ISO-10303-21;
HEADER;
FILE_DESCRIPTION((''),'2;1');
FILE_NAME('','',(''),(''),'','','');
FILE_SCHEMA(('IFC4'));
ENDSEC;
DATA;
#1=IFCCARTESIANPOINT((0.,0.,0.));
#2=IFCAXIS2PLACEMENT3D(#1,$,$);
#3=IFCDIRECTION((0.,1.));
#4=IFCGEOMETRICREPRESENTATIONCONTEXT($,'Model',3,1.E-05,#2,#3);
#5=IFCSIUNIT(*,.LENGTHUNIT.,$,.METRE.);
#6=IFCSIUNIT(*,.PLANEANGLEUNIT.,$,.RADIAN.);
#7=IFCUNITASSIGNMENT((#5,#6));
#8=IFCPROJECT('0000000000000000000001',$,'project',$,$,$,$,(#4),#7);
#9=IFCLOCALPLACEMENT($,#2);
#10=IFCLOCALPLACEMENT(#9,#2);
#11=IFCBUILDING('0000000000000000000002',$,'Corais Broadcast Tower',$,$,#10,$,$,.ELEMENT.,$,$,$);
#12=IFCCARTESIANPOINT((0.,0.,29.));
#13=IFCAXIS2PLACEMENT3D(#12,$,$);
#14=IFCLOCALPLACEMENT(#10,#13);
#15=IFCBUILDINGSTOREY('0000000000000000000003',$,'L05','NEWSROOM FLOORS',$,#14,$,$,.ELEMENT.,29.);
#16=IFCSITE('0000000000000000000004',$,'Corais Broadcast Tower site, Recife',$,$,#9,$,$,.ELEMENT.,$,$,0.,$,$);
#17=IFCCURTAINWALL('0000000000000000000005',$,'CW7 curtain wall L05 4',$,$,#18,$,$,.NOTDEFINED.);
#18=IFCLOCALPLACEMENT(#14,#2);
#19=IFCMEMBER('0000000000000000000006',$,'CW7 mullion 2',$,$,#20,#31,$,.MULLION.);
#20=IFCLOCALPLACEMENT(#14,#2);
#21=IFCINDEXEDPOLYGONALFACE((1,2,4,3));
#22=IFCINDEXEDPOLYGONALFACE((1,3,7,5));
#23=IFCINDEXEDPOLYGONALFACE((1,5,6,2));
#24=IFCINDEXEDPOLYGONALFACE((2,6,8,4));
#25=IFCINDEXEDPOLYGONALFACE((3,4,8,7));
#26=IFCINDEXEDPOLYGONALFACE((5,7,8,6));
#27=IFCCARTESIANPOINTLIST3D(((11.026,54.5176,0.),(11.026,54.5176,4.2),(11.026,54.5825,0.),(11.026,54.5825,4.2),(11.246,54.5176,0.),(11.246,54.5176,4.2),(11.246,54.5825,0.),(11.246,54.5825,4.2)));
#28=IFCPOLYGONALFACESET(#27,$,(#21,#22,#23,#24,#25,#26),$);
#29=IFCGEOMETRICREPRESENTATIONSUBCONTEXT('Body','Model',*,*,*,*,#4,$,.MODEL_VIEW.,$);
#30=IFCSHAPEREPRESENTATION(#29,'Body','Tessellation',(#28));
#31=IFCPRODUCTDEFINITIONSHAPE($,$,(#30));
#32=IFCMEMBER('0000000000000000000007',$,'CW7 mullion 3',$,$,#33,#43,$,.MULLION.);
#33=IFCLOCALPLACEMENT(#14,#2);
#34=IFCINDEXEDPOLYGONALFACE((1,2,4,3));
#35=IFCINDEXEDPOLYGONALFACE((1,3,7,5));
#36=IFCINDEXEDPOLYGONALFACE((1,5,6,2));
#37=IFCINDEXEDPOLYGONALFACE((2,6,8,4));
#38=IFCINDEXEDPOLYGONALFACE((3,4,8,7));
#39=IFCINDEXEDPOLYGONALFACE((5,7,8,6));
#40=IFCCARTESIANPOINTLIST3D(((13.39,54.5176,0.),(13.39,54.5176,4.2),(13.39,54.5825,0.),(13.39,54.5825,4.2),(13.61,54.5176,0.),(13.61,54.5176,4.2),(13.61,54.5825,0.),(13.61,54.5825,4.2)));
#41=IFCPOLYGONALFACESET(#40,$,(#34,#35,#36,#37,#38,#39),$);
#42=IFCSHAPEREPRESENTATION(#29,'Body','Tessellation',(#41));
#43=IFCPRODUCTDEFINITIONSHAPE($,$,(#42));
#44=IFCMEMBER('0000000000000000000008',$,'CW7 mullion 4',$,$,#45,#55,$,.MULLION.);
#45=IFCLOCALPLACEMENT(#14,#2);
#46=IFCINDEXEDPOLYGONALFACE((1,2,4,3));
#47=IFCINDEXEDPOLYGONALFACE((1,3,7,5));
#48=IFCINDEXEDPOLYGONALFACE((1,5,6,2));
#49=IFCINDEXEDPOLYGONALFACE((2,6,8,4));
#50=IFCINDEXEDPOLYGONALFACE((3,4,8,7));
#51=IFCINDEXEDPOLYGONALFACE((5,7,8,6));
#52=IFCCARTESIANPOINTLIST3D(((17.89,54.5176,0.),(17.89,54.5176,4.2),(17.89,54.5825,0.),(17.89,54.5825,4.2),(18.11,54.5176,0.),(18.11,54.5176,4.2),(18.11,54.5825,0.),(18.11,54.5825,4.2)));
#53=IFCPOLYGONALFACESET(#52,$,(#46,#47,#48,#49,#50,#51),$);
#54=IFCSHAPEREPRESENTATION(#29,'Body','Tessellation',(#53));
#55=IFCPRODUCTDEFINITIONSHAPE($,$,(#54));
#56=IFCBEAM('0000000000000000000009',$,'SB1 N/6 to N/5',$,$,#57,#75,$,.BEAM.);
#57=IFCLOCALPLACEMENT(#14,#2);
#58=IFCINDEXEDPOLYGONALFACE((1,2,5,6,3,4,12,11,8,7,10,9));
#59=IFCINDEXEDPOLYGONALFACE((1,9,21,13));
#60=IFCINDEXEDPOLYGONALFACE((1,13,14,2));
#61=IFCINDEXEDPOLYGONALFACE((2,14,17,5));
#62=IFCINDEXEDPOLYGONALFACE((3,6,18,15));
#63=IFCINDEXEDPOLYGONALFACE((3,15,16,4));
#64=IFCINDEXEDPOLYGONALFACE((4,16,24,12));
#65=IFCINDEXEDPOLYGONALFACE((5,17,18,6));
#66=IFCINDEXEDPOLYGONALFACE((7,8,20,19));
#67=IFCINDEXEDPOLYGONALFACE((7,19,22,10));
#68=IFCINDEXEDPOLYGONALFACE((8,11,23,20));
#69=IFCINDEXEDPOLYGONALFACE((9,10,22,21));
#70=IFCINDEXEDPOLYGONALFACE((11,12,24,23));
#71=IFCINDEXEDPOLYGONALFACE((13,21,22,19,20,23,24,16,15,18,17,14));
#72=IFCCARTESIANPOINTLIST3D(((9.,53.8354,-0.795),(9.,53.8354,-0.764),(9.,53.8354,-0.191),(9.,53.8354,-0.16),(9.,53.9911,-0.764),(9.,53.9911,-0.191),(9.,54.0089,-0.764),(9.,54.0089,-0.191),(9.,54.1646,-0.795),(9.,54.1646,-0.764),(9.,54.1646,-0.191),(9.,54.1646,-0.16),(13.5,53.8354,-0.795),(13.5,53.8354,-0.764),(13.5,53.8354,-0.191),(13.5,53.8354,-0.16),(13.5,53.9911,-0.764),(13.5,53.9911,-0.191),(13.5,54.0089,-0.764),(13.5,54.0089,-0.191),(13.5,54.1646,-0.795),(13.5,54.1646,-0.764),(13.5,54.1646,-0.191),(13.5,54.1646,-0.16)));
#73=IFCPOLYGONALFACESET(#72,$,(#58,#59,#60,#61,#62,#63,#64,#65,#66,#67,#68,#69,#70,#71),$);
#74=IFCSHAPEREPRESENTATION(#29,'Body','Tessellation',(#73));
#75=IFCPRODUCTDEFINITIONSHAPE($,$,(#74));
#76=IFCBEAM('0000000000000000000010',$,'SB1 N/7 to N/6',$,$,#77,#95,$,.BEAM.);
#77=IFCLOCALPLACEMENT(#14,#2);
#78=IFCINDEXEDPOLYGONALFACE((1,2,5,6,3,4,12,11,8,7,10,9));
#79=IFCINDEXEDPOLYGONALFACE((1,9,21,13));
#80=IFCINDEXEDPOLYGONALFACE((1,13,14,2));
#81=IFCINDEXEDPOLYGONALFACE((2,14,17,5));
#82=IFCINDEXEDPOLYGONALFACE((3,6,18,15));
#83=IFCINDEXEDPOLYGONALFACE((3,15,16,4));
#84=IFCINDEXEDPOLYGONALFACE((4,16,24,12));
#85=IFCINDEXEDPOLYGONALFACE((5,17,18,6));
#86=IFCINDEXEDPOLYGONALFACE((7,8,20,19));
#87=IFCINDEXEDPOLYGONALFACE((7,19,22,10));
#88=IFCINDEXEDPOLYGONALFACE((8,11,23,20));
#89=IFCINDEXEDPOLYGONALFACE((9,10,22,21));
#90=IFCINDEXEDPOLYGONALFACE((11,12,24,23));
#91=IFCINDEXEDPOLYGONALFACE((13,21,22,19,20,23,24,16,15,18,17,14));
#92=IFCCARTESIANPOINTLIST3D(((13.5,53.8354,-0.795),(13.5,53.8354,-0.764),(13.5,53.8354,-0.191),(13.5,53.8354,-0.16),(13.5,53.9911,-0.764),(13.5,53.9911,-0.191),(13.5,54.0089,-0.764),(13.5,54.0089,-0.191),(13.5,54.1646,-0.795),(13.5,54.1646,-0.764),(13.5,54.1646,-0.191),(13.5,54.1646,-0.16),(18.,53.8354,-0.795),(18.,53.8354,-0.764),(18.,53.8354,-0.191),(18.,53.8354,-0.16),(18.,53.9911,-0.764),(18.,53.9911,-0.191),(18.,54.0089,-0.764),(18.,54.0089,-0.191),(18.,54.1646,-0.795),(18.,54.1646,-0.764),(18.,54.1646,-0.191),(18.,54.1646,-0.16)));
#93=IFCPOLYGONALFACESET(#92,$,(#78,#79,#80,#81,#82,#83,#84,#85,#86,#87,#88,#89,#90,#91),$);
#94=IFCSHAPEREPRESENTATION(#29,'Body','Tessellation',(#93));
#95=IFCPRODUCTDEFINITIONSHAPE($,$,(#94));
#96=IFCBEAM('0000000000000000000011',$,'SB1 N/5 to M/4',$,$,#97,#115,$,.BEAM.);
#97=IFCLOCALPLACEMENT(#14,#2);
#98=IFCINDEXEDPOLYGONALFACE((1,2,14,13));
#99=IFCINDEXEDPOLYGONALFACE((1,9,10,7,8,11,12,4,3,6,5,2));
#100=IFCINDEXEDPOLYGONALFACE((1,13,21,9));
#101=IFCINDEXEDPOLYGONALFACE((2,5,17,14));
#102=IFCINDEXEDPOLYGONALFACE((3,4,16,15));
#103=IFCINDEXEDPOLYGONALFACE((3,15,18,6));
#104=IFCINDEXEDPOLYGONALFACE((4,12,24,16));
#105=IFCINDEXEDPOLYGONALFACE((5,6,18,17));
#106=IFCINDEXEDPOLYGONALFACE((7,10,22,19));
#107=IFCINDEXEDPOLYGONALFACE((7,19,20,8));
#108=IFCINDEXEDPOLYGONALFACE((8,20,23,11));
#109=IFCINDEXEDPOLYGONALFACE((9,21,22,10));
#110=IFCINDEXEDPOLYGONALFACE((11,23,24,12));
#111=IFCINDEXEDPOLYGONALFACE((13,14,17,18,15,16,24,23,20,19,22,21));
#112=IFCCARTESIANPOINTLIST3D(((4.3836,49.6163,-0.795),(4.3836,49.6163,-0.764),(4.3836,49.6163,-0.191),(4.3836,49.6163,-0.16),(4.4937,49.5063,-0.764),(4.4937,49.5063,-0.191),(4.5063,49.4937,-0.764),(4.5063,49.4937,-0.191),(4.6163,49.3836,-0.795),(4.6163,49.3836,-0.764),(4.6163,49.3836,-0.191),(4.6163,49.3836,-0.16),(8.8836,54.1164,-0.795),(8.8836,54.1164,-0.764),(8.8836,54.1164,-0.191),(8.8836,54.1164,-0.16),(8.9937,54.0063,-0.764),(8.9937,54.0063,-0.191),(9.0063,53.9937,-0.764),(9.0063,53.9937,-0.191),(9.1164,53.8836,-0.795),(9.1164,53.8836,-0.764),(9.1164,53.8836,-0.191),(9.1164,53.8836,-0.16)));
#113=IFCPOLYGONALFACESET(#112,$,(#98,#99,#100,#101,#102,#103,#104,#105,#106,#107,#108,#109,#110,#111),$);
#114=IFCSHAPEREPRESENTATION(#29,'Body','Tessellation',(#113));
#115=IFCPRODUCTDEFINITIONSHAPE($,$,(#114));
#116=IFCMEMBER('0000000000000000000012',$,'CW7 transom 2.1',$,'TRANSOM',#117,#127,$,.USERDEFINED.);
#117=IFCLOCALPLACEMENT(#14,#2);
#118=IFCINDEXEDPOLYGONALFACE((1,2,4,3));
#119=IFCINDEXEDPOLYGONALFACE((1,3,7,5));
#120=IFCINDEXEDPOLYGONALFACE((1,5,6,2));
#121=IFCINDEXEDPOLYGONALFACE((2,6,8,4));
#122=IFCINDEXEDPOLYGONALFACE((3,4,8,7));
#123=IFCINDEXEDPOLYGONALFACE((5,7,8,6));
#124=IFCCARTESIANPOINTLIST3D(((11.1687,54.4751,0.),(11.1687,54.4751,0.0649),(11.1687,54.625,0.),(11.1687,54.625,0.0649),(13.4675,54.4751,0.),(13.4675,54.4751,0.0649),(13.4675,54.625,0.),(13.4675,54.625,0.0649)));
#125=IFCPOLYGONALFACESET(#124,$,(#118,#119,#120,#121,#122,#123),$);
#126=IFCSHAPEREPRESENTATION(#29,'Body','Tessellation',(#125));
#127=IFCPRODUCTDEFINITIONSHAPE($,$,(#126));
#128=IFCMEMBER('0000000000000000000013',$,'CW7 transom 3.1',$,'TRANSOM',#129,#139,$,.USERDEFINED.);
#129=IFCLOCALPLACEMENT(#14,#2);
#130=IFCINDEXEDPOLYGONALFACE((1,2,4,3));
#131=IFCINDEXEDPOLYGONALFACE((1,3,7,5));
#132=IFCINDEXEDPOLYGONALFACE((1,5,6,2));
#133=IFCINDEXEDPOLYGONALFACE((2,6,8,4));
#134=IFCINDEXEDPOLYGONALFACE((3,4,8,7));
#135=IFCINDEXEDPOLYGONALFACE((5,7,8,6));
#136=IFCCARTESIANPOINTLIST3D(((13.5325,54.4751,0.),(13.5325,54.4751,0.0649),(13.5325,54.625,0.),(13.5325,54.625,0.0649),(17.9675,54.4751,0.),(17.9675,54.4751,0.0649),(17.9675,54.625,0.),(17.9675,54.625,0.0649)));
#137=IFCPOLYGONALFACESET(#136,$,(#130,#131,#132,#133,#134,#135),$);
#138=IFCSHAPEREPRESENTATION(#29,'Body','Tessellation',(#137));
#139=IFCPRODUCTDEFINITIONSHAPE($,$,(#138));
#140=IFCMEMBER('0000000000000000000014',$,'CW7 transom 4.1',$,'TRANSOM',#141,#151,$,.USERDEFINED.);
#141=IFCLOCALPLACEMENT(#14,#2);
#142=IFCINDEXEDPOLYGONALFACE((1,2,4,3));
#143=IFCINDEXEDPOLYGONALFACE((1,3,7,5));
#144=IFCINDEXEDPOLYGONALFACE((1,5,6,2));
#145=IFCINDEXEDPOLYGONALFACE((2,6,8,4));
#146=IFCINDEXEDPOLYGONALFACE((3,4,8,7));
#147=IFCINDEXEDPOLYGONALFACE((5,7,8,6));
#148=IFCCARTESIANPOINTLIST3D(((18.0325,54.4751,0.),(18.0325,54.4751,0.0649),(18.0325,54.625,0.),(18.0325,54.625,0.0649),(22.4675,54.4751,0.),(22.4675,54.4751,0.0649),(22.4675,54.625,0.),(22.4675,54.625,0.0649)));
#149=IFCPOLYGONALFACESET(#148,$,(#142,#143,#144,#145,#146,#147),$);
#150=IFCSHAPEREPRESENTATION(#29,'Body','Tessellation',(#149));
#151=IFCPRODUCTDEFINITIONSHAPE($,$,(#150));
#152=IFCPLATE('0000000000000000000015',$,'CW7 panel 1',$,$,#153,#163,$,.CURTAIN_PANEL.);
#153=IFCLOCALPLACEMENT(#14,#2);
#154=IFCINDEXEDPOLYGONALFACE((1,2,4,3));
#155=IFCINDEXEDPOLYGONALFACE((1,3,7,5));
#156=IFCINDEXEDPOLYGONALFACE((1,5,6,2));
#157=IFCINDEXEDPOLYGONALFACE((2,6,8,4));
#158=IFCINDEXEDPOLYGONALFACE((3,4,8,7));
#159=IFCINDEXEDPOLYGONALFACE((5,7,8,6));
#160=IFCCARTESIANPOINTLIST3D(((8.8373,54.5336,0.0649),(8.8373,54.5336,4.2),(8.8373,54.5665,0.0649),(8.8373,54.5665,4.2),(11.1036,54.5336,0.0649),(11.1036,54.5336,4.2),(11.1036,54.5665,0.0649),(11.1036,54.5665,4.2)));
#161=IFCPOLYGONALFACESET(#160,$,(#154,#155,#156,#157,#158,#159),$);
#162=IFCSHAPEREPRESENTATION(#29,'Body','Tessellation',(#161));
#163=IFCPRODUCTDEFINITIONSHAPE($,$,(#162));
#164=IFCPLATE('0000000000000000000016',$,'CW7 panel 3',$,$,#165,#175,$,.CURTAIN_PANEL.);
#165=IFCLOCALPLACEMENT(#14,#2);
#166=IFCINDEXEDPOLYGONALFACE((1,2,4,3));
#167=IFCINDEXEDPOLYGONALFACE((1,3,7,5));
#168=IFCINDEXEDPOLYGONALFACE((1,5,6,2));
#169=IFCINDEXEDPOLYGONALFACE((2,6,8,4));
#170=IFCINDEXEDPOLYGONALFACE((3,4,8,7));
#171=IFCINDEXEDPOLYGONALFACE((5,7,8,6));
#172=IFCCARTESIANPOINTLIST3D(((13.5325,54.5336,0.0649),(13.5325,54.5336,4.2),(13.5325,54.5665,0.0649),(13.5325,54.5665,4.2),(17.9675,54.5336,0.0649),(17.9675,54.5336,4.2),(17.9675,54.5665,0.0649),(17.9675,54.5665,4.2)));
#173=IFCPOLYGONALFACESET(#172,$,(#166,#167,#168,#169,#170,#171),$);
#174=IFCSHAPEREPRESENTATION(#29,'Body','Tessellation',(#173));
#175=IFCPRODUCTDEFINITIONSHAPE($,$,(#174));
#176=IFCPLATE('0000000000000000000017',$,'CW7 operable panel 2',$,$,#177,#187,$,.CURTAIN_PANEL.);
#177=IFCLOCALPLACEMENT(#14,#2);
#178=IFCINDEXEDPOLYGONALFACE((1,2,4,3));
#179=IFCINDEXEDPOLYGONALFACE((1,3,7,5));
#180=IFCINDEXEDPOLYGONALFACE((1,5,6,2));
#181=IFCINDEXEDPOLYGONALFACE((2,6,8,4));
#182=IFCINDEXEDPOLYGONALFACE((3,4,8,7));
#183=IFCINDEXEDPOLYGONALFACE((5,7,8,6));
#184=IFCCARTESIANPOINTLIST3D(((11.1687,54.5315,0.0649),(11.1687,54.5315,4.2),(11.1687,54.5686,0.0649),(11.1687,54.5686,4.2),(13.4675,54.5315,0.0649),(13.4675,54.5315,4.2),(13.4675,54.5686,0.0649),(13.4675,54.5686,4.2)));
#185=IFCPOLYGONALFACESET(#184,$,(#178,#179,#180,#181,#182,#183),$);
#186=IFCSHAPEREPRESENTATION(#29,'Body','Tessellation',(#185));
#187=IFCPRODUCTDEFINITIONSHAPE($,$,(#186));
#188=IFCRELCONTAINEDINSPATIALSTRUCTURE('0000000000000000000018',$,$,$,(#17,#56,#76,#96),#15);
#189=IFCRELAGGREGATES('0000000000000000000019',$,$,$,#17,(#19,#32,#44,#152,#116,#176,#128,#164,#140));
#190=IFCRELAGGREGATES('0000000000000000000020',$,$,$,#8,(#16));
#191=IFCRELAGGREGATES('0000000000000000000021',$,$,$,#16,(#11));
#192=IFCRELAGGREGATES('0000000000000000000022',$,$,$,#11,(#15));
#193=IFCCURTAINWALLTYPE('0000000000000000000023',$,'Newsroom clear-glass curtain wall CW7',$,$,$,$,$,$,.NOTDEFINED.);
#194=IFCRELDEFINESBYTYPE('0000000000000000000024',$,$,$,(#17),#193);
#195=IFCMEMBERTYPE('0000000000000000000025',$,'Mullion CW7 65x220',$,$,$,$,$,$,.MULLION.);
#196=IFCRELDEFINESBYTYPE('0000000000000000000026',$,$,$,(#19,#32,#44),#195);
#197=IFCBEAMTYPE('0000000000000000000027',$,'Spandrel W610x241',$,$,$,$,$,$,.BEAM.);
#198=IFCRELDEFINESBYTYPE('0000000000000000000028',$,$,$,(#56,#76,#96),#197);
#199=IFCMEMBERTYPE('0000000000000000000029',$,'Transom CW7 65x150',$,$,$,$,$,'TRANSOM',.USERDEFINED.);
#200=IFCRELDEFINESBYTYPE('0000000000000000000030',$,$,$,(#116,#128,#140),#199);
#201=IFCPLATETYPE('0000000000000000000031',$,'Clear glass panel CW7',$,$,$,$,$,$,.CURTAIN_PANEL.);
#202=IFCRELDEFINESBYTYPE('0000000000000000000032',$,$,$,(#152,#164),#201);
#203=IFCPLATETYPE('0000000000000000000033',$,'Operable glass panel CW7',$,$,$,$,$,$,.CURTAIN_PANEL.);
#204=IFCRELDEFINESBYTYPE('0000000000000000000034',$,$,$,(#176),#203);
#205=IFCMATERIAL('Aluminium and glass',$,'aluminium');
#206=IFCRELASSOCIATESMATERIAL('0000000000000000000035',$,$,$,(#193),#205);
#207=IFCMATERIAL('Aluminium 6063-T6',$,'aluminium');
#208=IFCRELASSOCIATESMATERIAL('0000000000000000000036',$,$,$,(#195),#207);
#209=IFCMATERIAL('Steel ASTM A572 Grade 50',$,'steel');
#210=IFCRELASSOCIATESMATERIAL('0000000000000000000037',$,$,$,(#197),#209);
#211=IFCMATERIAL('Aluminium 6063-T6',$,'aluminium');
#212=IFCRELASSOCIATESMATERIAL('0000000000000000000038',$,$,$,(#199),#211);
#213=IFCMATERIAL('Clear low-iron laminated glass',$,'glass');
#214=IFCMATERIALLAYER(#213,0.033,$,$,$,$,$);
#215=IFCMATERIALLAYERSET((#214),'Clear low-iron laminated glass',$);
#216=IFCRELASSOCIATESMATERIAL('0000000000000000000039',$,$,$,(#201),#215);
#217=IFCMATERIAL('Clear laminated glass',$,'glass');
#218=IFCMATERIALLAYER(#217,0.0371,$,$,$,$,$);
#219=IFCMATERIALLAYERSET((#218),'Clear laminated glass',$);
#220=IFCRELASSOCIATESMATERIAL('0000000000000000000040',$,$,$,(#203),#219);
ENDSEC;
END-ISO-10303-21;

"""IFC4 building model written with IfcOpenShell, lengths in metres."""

from ifc_helpers import new_model, si_unit, direction, frame, origin, origin_2d, place, context, subcontext, project, spatial, rectangle, i_section, extrude, material, layer, layer_set, material_profile, profile_set, type_object, element, aggregate, save


model = new_model("IFC4")

# Units and contexts
model_context = context("Model", 3, precision=1e-05, world=origin(), true_north=direction((0.0, 1.0)))
body_context = subcontext(model_context, "Body", "Model", "MODEL_VIEW")
ifc_project = project(units=[si_unit("LENGTHUNIT", "METRE"), si_unit("PLANEANGLEUNIT", "RADIAN")], contexts=[model_context])

# Site, building, storey
site_placement = place(None, origin())
site = spatial("IfcSite", under=ifc_project, at=site_placement, Name="Corais Broadcast Tower site, Recife", CompositionType="ELEMENT", RefElevation=0.0)
building_placement = place(site_placement, origin())
building = spatial("IfcBuilding", under=site, at=building_placement, Name="Corais Broadcast Tower", CompositionType="ELEMENT")
storey_placement = place(building_placement, frame((0.0, 0.0, 29.0)))
storey = spatial("IfcBuildingStorey", under=building, at=storey_placement, Name="L05", Description="NEWSROOM FLOORS", CompositionType="ELEMENT", Elevation=29.0)

# Curtain wall, members
ifc_material_1 = material(Name="Aluminium and glass", Category="aluminium")
curtain_wall_type = type_object("IfcCurtainWallType", Name="Newsroom clear-glass curtain wall CW7", PredefinedType="NOTDEFINED", material=ifc_material_1)
curtain_wall_placement = place(storey_placement, origin())
curtain_wall = element("IfcCurtainWall", 1, at=curtain_wall_placement, inside=storey, type_object=curtain_wall_type, Name="CW7 curtain wall L05 4", PredefinedType="NOTDEFINED")
ifc_material_2 = material(Name="Aluminium 6063-T6", Category="aluminium")
ifc_material_profile_1 = material_profile(ifc_material_2, rectangle(XDim=0.0649, YDim=0.22, at=origin_2d()), Name="Mullion CW7 65x220")
ifc_profile_set_1 = profile_set([ifc_material_profile_1], Name="Aluminium 6063-T6")
member_type_1 = type_object("IfcMemberType", Name="Mullion CW7 65x220", PredefinedType="MULLION", material=ifc_profile_set_1)
member_1_placement = place(storey_placement, frame((11.136, 54.55, 0.0), z_axis=(0.0, 0.0, 1.0), x_axis=(0.0, 1.0, 0.0)))
member_1 = element("IfcMember", 2, at=member_1_placement, type_object=member_type_1, Name="CW7 mullion 2", PredefinedType="MULLION", context=body_context, shape_type="SweptSolid", body=[
    extrude(rectangle(XDim=0.0649, YDim=0.22, at=origin_2d()), origin(), (0.0, 0.0, 1.0), 4.2),
])
member_2_placement = place(storey_placement, frame((13.5, 54.55, 0.0), z_axis=(0.0, 0.0, 1.0), x_axis=(0.0, 1.0, 0.0)))
member_2 = element("IfcMember", 3, at=member_2_placement, type_object=member_type_1, Name="CW7 mullion 3", PredefinedType="MULLION", context=body_context, shape_type="SweptSolid", body=[
    extrude(rectangle(XDim=0.0649, YDim=0.22, at=origin_2d()), origin(), (0.0, 0.0, 1.0), 4.2),
])
member_3_placement = place(storey_placement, frame((18.0, 54.55, 0.0), z_axis=(0.0, 0.0, 1.0), x_axis=(0.0, 1.0, 0.0)))
member_3 = element("IfcMember", 4, at=member_3_placement, type_object=member_type_1, Name="CW7 mullion 4", PredefinedType="MULLION", context=body_context, shape_type="SweptSolid", body=[
    extrude(rectangle(XDim=0.0649, YDim=0.22, at=origin_2d()), origin(), (0.0, 0.0, 1.0), 4.2),
])

# Beams
ifc_material_3 = material(Name="Steel ASTM A572 Grade 50", Category="steel")
ifc_material_profile_2 = material_profile(ifc_material_3, i_section(OverallWidth=0.3291, OverallDepth=0.635, WebThickness=0.0178, FlangeThickness=0.031, at=origin_2d()), Name="W610x241")
ifc_profile_set_2 = profile_set([ifc_material_profile_2], Name="Steel ASTM A572 Grade 50")
beam_type_1 = type_object("IfcBeamType", Name="Spandrel W610x241", PredefinedType="BEAM", material=ifc_profile_set_2)
for number, where, z_axis, x_axis, name in (
    (5, (13.5, 54.0, -0.4775), (-1.0, 0.0, 0.0), (0.0, -1.0, 0.0), "SB1 N/6 to N/5"),
    (6, (18.0, 54.0, -0.4775), (-1.0, 0.0, 0.0), (0.0, -1.0, 0.0), "SB1 N/7 to N/6"),
):
    element("IfcBeam", number, at=place(storey_placement, frame(where, z_axis=z_axis, x_axis=x_axis)), inside=storey, type_object=beam_type_1, Name=name, PredefinedType="BEAM", context=body_context, shape_type="SweptSolid", body=[
        extrude(i_section(OverallWidth=0.3291, OverallDepth=0.635, WebThickness=0.0178, FlangeThickness=0.031, at=origin_2d()), origin(), (0.0, 0.0, 1.0), 4.5),
    ])
beam_1_placement = place(storey_placement, frame((9.0, 54.0, -0.4775), z_axis=(-0.707107, -0.707107, 0.0), x_axis=(0.707107, -0.707107, 0.0)))
element("IfcBeam", 7, at=beam_1_placement, inside=storey, type_object=beam_type_1, Name="SB1 N/5 to M/4", PredefinedType="BEAM", context=body_context, shape_type="SweptSolid", body=[
    extrude(i_section(OverallWidth=0.3291, OverallDepth=0.635, WebThickness=0.0178, FlangeThickness=0.031, at=origin_2d()), origin(), (0.0, 0.0, 1.0), 6.364),
])

# Members
ifc_material_4 = material(Name="Aluminium 6063-T6", Category="aluminium")
ifc_material_profile_3 = material_profile(ifc_material_4, rectangle(XDim=0.1499, YDim=0.0649, at=origin_2d()), Name="Transom CW7 65x150")
ifc_profile_set_3 = profile_set([ifc_material_profile_3], Name="Aluminium 6063-T6")
member_type_2 = type_object("IfcMemberType", Name="Transom CW7 65x150", ElementType="TRANSOM", PredefinedType="USERDEFINED", material=ifc_profile_set_3)
member_4_placement = place(storey_placement, frame((11.1687, 54.55, 0.0325), z_axis=(1.0, 0.0, 0.0), x_axis=(0.0, 1.0, 0.0)))
member_4 = element("IfcMember", 8, at=member_4_placement, type_object=member_type_2, Name="CW7 transom 2.1", ObjectType="TRANSOM", PredefinedType="USERDEFINED", context=body_context, shape_type="SweptSolid", body=[
    extrude(rectangle(XDim=0.1499, YDim=0.0649, at=origin_2d()), origin(), (0.0, 0.0, 1.0), 2.2988),
])
member_5_placement = place(storey_placement, frame((13.5325, 54.55, 0.0325), z_axis=(1.0, 0.0, 0.0), x_axis=(0.0, 1.0, 0.0)))
member_5 = element("IfcMember", 9, at=member_5_placement, type_object=member_type_2, Name="CW7 transom 3.1", ObjectType="TRANSOM", PredefinedType="USERDEFINED", context=body_context, shape_type="SweptSolid", body=[
    extrude(rectangle(XDim=0.1499, YDim=0.0649, at=origin_2d()), origin(), (0.0, 0.0, 1.0), 4.4351),
])
member_6_placement = place(storey_placement, frame((18.0325, 54.55, 0.0325), z_axis=(1.0, 0.0, 0.0), x_axis=(0.0, 1.0, 0.0)))
member_6 = element("IfcMember", 10, at=member_6_placement, type_object=member_type_2, Name="CW7 transom 4.1", ObjectType="TRANSOM", PredefinedType="USERDEFINED", context=body_context, shape_type="SweptSolid", body=[
    extrude(rectangle(XDim=0.1499, YDim=0.0649, at=origin_2d()), origin(), (0.0, 0.0, 1.0), 4.4351),
])

# Plates
ifc_material_5 = material(Name="Clear low-iron laminated glass", Category="glass")
ifc_layer_1 = layer(ifc_material_5, 0.033)
ifc_layer_set_1 = layer_set([ifc_layer_1], Name="Clear low-iron laminated glass")
plate_type_1 = type_object("IfcPlateType", Name="Clear glass panel CW7", PredefinedType="CURTAIN_PANEL", material=ifc_layer_set_1)
plate_1_placement = place(storey_placement, frame((9.9705, 54.55, 0.0649), z_axis=(0.0, 0.0, 1.0), x_axis=(1.0, 0.0, 0.0)))
plate_1 = element("IfcPlate", 11, at=plate_1_placement, type_object=plate_type_1, Name="CW7 panel 1", PredefinedType="CURTAIN_PANEL", context=body_context, shape_type="SweptSolid", body=[
    extrude(rectangle(XDim=2.2664, YDim=0.033, at=origin_2d()), origin(), (0.0, 0.0, 1.0), 4.135),
])
plate_2_placement = place(storey_placement, frame((15.75, 54.55, 0.0649), z_axis=(0.0, 0.0, 1.0), x_axis=(1.0, 0.0, 0.0)))
plate_2 = element("IfcPlate", 12, at=plate_2_placement, type_object=plate_type_1, Name="CW7 panel 3", PredefinedType="CURTAIN_PANEL", context=body_context, shape_type="SweptSolid", body=[
    extrude(rectangle(XDim=4.4351, YDim=0.033, at=origin_2d()), origin(), (0.0, 0.0, 1.0), 4.135),
])
ifc_material_6 = material(Name="Clear laminated glass", Category="glass")
ifc_layer_2 = layer(ifc_material_6, 0.0371)
ifc_layer_set_2 = layer_set([ifc_layer_2], Name="Clear laminated glass")
plate_type_2 = type_object("IfcPlateType", Name="Operable glass panel CW7", PredefinedType="CURTAIN_PANEL", material=ifc_layer_set_2)
plate_3_placement = place(storey_placement, frame((12.3181, 54.55, 0.0649), z_axis=(0.0, 0.0, 1.0), x_axis=(1.0, 0.0, 0.0)))
plate_3 = element("IfcPlate", 13, at=plate_3_placement, type_object=plate_type_2, Name="CW7 operable panel 2", PredefinedType="CURTAIN_PANEL", context=body_context, shape_type="SweptSolid", body=[
    extrude(rectangle(XDim=2.2988, YDim=0.0371, at=origin_2d()), origin(), (0.0, 0.0, 1.0), 4.135),
])
aggregate(curtain_wall, [member_1, member_2, member_3, plate_1, member_4, plate_3, member_5, plate_2, member_6])

save(model, "model.ifc")
